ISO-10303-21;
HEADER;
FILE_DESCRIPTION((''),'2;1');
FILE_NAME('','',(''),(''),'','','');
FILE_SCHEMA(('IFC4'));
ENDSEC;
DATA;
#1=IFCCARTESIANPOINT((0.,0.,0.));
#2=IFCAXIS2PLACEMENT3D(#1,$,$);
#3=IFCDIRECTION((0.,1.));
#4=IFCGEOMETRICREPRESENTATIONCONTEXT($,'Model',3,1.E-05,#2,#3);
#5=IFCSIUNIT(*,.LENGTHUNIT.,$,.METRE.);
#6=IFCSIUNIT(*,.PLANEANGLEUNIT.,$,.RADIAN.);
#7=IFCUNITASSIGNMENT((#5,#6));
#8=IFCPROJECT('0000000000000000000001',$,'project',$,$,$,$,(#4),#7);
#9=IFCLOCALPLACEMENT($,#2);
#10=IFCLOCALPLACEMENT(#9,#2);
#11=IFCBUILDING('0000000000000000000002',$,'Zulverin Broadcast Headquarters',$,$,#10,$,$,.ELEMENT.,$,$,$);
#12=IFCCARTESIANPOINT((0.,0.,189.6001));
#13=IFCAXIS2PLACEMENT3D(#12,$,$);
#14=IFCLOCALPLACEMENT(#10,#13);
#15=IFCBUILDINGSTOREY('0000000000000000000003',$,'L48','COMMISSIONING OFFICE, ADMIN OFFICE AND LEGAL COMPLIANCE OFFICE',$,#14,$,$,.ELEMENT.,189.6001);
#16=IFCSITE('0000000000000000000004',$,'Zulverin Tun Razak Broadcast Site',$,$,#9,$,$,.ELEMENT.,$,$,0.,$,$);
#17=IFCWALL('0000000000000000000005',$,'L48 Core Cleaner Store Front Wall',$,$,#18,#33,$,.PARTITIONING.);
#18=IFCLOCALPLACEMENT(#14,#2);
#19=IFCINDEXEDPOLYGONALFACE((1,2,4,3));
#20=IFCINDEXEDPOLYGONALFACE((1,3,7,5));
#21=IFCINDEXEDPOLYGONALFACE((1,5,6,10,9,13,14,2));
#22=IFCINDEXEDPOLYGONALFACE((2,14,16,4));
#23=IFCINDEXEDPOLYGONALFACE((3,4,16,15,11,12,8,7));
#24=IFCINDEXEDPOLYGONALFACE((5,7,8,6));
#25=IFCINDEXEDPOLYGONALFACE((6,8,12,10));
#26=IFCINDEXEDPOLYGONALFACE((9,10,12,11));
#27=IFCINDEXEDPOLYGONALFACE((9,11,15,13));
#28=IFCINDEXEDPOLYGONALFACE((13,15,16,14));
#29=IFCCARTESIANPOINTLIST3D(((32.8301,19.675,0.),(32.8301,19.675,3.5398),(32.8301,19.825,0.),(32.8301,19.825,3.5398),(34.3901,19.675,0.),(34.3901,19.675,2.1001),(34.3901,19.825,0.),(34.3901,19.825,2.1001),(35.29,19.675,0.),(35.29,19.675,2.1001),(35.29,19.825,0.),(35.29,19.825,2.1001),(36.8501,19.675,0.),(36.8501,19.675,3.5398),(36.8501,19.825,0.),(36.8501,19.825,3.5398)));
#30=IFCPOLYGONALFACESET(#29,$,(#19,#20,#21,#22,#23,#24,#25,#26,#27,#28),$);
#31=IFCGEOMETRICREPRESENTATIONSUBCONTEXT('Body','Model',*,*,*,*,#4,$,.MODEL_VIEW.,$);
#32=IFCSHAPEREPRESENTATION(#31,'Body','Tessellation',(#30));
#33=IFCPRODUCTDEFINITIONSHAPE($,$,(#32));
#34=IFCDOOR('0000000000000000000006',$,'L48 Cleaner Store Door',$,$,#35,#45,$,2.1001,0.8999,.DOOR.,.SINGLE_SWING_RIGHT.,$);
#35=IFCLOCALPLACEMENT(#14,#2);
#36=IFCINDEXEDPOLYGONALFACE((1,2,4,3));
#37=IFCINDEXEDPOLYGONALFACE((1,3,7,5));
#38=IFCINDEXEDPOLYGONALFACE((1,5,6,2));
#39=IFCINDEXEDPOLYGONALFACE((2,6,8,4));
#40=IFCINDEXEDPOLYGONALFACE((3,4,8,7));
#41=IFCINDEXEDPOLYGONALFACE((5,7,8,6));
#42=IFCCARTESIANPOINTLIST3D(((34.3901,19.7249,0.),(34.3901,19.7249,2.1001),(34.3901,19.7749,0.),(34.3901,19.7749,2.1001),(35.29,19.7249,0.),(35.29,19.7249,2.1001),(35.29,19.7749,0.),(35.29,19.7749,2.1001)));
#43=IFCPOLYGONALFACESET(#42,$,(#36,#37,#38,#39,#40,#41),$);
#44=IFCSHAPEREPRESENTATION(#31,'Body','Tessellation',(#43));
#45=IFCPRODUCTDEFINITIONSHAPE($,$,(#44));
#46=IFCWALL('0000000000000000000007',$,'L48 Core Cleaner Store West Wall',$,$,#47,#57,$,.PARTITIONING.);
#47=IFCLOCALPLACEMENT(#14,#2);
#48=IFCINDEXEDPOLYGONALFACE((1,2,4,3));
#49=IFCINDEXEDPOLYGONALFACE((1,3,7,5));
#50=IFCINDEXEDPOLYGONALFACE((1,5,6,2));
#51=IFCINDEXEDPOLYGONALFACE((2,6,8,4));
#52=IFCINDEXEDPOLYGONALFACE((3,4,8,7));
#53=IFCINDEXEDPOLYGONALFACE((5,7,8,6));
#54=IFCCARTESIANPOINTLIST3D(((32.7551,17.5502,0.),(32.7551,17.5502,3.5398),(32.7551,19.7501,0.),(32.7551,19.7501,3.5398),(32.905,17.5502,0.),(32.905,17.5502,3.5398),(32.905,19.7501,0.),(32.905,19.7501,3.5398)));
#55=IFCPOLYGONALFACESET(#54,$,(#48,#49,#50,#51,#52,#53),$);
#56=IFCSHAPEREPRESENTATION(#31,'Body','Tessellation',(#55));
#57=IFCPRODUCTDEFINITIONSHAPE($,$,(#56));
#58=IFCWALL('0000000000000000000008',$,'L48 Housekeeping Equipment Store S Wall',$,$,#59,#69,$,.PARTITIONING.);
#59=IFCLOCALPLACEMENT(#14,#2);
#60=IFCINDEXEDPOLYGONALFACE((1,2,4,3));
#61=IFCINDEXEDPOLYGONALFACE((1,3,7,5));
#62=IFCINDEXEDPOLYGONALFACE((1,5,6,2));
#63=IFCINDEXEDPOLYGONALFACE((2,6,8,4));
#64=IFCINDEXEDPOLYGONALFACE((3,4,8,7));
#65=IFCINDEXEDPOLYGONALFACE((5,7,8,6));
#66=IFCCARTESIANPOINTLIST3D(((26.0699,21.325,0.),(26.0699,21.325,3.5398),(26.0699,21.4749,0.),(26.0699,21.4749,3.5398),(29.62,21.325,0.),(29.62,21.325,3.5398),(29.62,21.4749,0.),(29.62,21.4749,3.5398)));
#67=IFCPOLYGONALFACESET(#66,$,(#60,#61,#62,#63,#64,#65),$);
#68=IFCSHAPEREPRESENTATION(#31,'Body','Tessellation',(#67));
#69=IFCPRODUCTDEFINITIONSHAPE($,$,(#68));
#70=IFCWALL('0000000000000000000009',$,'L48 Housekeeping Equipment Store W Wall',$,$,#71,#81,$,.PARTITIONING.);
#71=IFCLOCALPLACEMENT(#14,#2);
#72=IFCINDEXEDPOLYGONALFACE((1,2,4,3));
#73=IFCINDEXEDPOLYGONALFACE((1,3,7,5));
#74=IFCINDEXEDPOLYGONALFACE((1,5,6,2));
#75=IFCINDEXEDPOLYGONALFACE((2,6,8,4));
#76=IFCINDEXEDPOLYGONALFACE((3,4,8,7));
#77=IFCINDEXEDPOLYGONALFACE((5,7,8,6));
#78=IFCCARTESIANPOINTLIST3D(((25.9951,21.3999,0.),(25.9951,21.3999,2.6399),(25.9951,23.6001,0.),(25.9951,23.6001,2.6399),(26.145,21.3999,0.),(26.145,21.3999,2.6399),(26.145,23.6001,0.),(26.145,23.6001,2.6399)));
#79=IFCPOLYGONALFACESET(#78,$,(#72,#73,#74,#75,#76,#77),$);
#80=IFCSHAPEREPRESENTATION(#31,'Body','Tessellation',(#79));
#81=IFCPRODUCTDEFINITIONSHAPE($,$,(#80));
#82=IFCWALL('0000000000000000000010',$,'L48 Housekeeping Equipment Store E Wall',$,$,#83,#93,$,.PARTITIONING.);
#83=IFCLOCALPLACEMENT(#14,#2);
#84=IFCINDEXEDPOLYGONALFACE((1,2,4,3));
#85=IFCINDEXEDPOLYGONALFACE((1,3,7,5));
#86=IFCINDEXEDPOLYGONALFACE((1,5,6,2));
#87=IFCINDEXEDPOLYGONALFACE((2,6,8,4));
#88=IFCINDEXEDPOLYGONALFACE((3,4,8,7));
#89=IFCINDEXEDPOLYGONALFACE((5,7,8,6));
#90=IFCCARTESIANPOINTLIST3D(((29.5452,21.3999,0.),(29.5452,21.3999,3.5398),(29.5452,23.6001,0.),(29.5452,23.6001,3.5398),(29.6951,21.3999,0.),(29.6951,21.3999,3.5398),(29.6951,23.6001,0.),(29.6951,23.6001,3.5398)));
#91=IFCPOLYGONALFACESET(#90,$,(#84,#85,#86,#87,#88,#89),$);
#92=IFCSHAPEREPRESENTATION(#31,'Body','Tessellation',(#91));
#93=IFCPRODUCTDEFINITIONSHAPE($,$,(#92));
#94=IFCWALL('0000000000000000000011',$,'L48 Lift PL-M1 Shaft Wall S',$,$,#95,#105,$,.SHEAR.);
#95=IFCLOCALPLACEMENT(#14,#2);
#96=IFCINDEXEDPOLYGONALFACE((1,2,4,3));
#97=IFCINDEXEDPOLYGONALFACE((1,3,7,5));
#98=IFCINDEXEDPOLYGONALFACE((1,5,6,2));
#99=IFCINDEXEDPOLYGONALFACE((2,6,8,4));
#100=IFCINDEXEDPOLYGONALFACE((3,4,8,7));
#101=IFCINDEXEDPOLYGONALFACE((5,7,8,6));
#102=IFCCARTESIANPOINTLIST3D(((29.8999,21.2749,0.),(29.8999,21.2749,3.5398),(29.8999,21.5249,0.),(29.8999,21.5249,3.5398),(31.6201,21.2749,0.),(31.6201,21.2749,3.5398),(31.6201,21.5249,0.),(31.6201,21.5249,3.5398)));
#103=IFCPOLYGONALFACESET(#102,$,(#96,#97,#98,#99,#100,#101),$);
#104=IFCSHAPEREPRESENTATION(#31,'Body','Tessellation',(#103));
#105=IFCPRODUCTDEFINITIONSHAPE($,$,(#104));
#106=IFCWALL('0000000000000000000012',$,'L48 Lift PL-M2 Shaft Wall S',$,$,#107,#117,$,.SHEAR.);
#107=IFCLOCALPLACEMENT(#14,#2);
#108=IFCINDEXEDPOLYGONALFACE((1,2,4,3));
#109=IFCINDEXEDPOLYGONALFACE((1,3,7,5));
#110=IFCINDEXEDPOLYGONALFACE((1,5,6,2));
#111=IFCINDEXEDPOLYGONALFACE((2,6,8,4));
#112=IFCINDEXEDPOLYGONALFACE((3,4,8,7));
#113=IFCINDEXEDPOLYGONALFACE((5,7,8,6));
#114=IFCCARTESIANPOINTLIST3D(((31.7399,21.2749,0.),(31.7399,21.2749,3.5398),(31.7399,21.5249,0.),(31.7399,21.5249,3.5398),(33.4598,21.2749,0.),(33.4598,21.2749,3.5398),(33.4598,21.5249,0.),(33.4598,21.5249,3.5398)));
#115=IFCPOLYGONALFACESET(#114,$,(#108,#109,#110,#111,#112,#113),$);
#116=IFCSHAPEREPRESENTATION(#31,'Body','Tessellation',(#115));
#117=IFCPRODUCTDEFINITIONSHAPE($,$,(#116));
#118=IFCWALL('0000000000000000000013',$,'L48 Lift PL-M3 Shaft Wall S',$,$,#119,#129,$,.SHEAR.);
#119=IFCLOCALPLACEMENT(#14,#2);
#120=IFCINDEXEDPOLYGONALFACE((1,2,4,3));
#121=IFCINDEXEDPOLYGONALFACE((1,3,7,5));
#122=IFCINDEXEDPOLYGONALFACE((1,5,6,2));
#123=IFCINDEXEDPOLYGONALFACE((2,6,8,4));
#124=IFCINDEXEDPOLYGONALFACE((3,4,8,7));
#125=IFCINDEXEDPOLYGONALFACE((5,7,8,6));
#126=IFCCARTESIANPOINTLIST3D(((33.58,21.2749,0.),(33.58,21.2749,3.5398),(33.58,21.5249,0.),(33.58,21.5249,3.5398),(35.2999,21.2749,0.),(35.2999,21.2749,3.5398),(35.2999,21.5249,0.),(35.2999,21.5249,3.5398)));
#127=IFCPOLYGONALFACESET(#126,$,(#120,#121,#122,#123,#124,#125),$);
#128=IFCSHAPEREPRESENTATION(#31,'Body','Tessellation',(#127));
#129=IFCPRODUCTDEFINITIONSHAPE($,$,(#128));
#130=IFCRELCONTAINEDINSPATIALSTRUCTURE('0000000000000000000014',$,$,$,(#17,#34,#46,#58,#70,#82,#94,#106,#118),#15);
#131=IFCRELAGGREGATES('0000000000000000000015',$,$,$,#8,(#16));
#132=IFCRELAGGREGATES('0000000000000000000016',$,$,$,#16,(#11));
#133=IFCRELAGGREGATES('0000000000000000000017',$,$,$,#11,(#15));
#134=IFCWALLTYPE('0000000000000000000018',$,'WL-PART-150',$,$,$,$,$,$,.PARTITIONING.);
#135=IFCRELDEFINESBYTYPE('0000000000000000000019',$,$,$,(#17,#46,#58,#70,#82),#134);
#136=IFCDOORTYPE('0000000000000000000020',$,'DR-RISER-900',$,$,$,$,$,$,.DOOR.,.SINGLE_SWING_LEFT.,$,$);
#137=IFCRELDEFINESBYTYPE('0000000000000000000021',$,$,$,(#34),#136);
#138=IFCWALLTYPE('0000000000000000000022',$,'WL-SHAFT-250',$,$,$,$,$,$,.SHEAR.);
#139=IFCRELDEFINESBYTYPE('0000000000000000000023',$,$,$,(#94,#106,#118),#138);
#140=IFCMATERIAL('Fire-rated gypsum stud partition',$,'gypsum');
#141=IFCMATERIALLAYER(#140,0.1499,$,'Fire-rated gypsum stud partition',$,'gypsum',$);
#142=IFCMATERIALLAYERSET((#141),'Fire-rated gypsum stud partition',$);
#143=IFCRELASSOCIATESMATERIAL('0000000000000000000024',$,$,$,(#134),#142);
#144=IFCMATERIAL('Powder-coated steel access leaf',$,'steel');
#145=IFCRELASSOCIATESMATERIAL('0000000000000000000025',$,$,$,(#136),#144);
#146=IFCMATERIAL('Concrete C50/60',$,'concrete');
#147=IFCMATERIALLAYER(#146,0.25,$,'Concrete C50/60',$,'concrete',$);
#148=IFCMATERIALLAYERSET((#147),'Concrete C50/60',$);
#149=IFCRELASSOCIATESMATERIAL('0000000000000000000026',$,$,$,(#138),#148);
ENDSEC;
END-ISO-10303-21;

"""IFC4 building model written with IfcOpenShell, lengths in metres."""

from ifc_helpers import new_model, si_unit, direction, frame, frame_2d, origin, place, context, subcontext, project, spatial, rectangle, extrude, material, layer, layer_set, type_object, element, fill, save


model = new_model("IFC4")

# Units and contexts
model_context = context("Model", 3, precision=1e-05, world=origin(), true_north=direction((0.0, 1.0)))
body_context = subcontext(model_context, "Body", "Model", "MODEL_VIEW")
ifc_project = project(units=[si_unit("LENGTHUNIT", "METRE"), si_unit("PLANEANGLEUNIT", "RADIAN")], contexts=[model_context])

# Site, building, storey
site_placement = place(None, origin())
site = spatial("IfcSite", under=ifc_project, at=site_placement, Name="Zulverin Tun Razak Broadcast Site", CompositionType="ELEMENT", RefElevation=0.0)
building_placement = place(site_placement, origin())
building = spatial("IfcBuilding", under=site, at=building_placement, Name="Zulverin Broadcast Headquarters", CompositionType="ELEMENT")
storey_placement = place(building_placement, frame((0.0, 0.0, 189.6001)))
storey = spatial("IfcBuildingStorey", under=building, at=storey_placement, Name="L48", Description="COMMISSIONING OFFICE, ADMIN OFFICE AND LEGAL COMPLIANCE OFFICE", CompositionType="ELEMENT", Elevation=189.6001)

# Shared definitions
ifc_material_1 = material(Name="Concrete C50/60", Category="concrete")

# Shared definitions
ifc_material_2 = material(Name="Fire-rated gypsum stud partition", Category="gypsum")
ifc_layer_1 = layer(ifc_material_2, 0.1499, Name="Fire-rated gypsum stud partition", Category="gypsum")
ifc_layer_set_1 = layer_set([ifc_layer_1], Name="Fire-rated gypsum stud partition")
wall_type_1 = type_object("IfcWallType", Name="WL-PART-150", PredefinedType="PARTITIONING", material=ifc_layer_set_1)

# Wall, opening, door
wall_1_placement = place(storey_placement, frame((32.8301, 19.75, 0.0), z_axis=(0.0, 0.0, 1.0), x_axis=(1.0, 0.0, 0.0)))
wall_1 = element("IfcWall", 1, at=wall_1_placement, inside=storey, type_object=wall_type_1, Name="L48 Core Cleaner Store Front Wall", PredefinedType="PARTITIONING", context=body_context, shape_type="SweptSolid", body=[
    extrude(rectangle(XDim=4.02, YDim=0.1499, at=frame_2d((2.01, 0.0))), origin(), (0.0, 0.0, 1.0), 3.5398),
])
opening_1_placement = place(wall_1_placement, frame((1.5601, 0.0, 0.0)))
opening_1 = element("IfcOpeningElement", 2, at=opening_1_placement, cuts=wall_1, PredefinedType="OPENING", context=body_context, shape_type="SweptSolid", body=[
    extrude(rectangle(XDim=0.8999, YDim=2.1001, at=frame_2d((0.45, 1.05))), frame((0.0, 0.085, 0.0), z_axis=(0.0, -1.0, 0.0), x_axis=(1.0, 0.0, 0.0)), (0.0, 0.0, 1.0), 0.1699),
])
ifc_material_3 = material(Name="Powder-coated steel access leaf", Category="steel")
door_type_1 = type_object("IfcDoorType", Name="DR-RISER-900", OperationType="SINGLE_SWING_LEFT", PredefinedType="DOOR", material=ifc_material_3)
door_1_placement = place(opening_1_placement, origin())
door_1 = element("IfcDoor", 3, at=door_1_placement, inside=storey, type_object=door_type_1, Name="L48 Cleaner Store Door", OperationType="SINGLE_SWING_RIGHT", OverallHeight=2.1001, OverallWidth=0.8999, PredefinedType="DOOR", context=body_context, shape_type="SweptSolid", body=[
    extrude(rectangle(XDim=0.8999, YDim=2.1001, at=frame_2d((0.45, 1.05))), frame((0.0, 0.0249, 0.0), z_axis=(0.0, -1.0, 0.0), x_axis=(1.0, 0.0, 0.0)), (0.0, 0.0, 1.0), 0.05),
])
fill(opening_1, door_1)

# Walls
wall_2_placement = place(storey_placement, frame((32.8301, 17.55, 0.0), z_axis=(0.0, 0.0, 1.0), x_axis=(0.0, 1.0, 0.0)))
element("IfcWall", 4, at=wall_2_placement, inside=storey, type_object=wall_type_1, Name="L48 Core Cleaner Store West Wall", PredefinedType="PARTITIONING", context=body_context, shape_type="SweptSolid", body=[
    extrude(rectangle(XDim=2.2, YDim=0.1499, at=frame_2d((1.1001, 0.0))), origin(), (0.0, 0.0, 1.0), 3.5398),
])
wall_3_placement = place(storey_placement, frame((26.0701, 21.3999, 0.0), z_axis=(0.0, 0.0, 1.0), x_axis=(1.0, 0.0, 0.0)))
element("IfcWall", 5, at=wall_3_placement, inside=storey, type_object=wall_type_1, Name="L48 Housekeeping Equipment Store S Wall", PredefinedType="PARTITIONING", context=body_context, shape_type="SweptSolid", body=[
    extrude(rectangle(XDim=3.55, YDim=0.1499, at=frame_2d((1.7749, 0.0))), origin(), (0.0, 0.0, 1.0), 3.5398),
])
wall_4_placement = place(storey_placement, frame((26.0701, 21.3999, 0.0), z_axis=(0.0, 0.0, 1.0), x_axis=(0.0, 1.0, 0.0)))
element("IfcWall", 6, at=wall_4_placement, inside=storey, type_object=wall_type_1, Name="L48 Housekeeping Equipment Store W Wall", PredefinedType="PARTITIONING", context=body_context, shape_type="SweptSolid", body=[
    extrude(rectangle(XDim=2.2002, YDim=0.1499, at=frame_2d((1.1001, 0.0))), origin(), (0.0, 0.0, 1.0), 2.6399),
])
wall_5_placement = place(storey_placement, frame((29.6201, 21.3999, 0.0), z_axis=(0.0, 0.0, 1.0), x_axis=(0.0, 1.0, 0.0)))
element("IfcWall", 7, at=wall_5_placement, inside=storey, type_object=wall_type_1, Name="L48 Housekeeping Equipment Store E Wall", PredefinedType="PARTITIONING", context=body_context, shape_type="SweptSolid", body=[
    extrude(rectangle(XDim=2.2002, YDim=0.1499, at=frame_2d((1.1001, 0.0))), origin(), (0.0, 0.0, 1.0), 3.5398),
])
ifc_layer_2 = layer(ifc_material_1, 0.25, Name="Concrete C50/60", Category="concrete")
ifc_layer_set_2 = layer_set([ifc_layer_2], Name="Concrete C50/60")
wall_type_2 = type_object("IfcWallType", Name="WL-SHAFT-250", PredefinedType="SHEAR", material=ifc_layer_set_2)
wall_6_placement = place(storey_placement, frame((29.8999, 21.3999, 0.0), z_axis=(0.0, 0.0, 1.0), x_axis=(1.0, 0.0, 0.0)))
element("IfcWall", 8, at=wall_6_placement, inside=storey, type_object=wall_type_2, Name="L48 Lift PL-M1 Shaft Wall S", PredefinedType="SHEAR", context=body_context, shape_type="SweptSolid", body=[
    extrude(rectangle(XDim=1.7202, YDim=0.25, at=frame_2d((0.8601, 0.0))), origin(), (0.0, 0.0, 1.0), 3.5398),
])
for number, where, z_axis, x_axis, name in (
    (9, (31.74, 21.3999, 0.0), (0.0, 0.0, 1.0), (1.0, 0.0, 0.0), "L48 Lift PL-M2 Shaft Wall S"),
    (10, (33.5801, 21.3999, 0.0), (0.0, 0.0, 1.0), (1.0, 0.0, 0.0), "L48 Lift PL-M3 Shaft Wall S"),
):
    element("IfcWall", number, at=place(storey_placement, frame(where, z_axis=z_axis, x_axis=x_axis)), inside=storey, type_object=wall_type_2, Name=name, PredefinedType="SHEAR", context=body_context, shape_type="SweptSolid", body=[
        extrude(rectangle(XDim=1.72, YDim=0.25, at=frame_2d((0.8599, 0.0))), origin(), (0.0, 0.0, 1.0), 3.5398),
    ])

save(model, "model.ifc")
